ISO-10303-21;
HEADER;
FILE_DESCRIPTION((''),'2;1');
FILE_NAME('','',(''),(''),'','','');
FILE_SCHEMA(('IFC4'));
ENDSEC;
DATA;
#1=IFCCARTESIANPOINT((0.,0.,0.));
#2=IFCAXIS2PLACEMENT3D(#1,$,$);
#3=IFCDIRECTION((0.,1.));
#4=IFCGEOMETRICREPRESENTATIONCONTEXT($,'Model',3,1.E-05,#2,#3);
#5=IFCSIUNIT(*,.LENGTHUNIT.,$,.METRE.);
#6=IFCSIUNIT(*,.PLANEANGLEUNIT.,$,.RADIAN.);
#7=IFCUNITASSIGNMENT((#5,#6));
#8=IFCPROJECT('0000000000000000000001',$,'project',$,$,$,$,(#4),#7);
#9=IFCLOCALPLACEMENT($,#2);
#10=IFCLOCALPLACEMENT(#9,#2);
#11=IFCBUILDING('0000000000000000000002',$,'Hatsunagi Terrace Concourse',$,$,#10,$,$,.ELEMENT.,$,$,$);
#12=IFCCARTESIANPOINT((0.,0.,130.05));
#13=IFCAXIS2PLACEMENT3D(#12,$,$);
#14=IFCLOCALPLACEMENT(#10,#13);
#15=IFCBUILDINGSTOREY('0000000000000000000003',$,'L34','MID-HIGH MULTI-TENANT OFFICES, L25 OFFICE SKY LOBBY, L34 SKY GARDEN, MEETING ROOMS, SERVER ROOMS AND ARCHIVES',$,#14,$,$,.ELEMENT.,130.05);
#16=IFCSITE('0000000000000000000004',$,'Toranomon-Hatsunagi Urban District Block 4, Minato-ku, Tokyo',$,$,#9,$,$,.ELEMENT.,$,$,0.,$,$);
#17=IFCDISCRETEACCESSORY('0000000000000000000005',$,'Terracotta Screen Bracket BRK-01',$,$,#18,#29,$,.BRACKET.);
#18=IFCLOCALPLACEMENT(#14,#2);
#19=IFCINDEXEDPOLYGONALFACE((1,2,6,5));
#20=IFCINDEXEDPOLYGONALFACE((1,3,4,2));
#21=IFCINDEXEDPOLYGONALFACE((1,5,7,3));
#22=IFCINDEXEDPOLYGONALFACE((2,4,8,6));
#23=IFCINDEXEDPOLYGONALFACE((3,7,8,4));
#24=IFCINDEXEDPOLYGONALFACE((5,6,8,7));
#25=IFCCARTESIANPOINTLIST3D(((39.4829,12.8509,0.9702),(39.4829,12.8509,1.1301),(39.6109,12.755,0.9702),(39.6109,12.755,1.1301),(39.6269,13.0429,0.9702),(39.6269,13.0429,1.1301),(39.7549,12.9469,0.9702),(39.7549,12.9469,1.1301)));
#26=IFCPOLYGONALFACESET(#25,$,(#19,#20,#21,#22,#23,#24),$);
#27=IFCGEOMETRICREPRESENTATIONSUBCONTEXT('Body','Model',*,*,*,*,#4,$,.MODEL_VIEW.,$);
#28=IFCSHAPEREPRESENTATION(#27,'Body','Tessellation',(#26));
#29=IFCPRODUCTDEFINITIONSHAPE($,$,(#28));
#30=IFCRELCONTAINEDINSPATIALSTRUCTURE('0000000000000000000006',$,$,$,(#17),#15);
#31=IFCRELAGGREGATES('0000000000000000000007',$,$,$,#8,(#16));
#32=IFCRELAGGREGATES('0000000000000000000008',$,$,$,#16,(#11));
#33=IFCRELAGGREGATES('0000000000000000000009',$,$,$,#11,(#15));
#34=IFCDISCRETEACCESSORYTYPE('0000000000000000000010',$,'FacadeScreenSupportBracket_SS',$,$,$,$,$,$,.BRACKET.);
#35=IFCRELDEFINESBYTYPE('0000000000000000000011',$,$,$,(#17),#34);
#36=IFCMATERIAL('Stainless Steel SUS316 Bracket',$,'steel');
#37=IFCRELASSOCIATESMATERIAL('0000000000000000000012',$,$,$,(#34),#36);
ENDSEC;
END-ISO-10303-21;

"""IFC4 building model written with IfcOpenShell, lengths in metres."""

from ifc_helpers import new_model, si_unit, direction, frame, origin, origin_2d, place, context, subcontext, project, spatial, rectangle, extrude, material, type_object, element, save


model = new_model("IFC4")

# Units and contexts
model_context = context("Model", 3, precision=1e-05, world=origin(), true_north=direction((0.0, 1.0)))
body_context = subcontext(model_context, "Body", "Model", "MODEL_VIEW")
ifc_project = project(units=[si_unit("LENGTHUNIT", "METRE"), si_unit("PLANEANGLEUNIT", "RADIAN")], contexts=[model_context])

# Site, building, storey
site_placement = place(None, origin())
site = spatial("IfcSite", under=ifc_project, at=site_placement, Name="Toranomon-Hatsunagi Urban District Block 4, Minato-ku, Tokyo", CompositionType="ELEMENT", RefElevation=0.0)
building_placement = place(site_placement, origin())
building = spatial("IfcBuilding", under=site, at=building_placement, Name="Hatsunagi Terrace Concourse", CompositionType="ELEMENT")
storey_placement = place(building_placement, frame((0.0, 0.0, 130.05)))
storey = spatial("IfcBuildingStorey", under=building, at=storey_placement, Name="L34", Description="MID-HIGH MULTI-TENANT OFFICES, L25 OFFICE SKY LOBBY, L34 SKY GARDEN, MEETING ROOMS, SERVER ROOMS AND ARCHIVES", CompositionType="ELEMENT", Elevation=130.05)

# Discrete accessory
ifc_material_1 = material(Name="Stainless Steel SUS316 Bracket", Category="steel")
discrete_accessory_type = type_object("IfcDiscreteAccessoryType", Name="FacadeScreenSupportBracket_SS", PredefinedType="BRACKET", material=ifc_material_1)
discrete_accessory_placement = place(storey_placement, frame((39.6189, 12.8989, 0.9702), z_axis=(0.0, 0.0, 1.0), x_axis=(-0.800005, 0.599993, 0.0)))
element("IfcDiscreteAccessory", 1, at=discrete_accessory_placement, inside=storey, type_object=discrete_accessory_type, Name="Terracotta Screen Bracket BRK-01", PredefinedType="BRACKET", context=body_context, shape_type="SweptSolid", body=[
    extrude(rectangle(XDim=0.1599, YDim=0.24, at=origin_2d()), origin(), (0.0, 0.0, 1.0), 0.1599),
])

save(model, "model.ifc")
